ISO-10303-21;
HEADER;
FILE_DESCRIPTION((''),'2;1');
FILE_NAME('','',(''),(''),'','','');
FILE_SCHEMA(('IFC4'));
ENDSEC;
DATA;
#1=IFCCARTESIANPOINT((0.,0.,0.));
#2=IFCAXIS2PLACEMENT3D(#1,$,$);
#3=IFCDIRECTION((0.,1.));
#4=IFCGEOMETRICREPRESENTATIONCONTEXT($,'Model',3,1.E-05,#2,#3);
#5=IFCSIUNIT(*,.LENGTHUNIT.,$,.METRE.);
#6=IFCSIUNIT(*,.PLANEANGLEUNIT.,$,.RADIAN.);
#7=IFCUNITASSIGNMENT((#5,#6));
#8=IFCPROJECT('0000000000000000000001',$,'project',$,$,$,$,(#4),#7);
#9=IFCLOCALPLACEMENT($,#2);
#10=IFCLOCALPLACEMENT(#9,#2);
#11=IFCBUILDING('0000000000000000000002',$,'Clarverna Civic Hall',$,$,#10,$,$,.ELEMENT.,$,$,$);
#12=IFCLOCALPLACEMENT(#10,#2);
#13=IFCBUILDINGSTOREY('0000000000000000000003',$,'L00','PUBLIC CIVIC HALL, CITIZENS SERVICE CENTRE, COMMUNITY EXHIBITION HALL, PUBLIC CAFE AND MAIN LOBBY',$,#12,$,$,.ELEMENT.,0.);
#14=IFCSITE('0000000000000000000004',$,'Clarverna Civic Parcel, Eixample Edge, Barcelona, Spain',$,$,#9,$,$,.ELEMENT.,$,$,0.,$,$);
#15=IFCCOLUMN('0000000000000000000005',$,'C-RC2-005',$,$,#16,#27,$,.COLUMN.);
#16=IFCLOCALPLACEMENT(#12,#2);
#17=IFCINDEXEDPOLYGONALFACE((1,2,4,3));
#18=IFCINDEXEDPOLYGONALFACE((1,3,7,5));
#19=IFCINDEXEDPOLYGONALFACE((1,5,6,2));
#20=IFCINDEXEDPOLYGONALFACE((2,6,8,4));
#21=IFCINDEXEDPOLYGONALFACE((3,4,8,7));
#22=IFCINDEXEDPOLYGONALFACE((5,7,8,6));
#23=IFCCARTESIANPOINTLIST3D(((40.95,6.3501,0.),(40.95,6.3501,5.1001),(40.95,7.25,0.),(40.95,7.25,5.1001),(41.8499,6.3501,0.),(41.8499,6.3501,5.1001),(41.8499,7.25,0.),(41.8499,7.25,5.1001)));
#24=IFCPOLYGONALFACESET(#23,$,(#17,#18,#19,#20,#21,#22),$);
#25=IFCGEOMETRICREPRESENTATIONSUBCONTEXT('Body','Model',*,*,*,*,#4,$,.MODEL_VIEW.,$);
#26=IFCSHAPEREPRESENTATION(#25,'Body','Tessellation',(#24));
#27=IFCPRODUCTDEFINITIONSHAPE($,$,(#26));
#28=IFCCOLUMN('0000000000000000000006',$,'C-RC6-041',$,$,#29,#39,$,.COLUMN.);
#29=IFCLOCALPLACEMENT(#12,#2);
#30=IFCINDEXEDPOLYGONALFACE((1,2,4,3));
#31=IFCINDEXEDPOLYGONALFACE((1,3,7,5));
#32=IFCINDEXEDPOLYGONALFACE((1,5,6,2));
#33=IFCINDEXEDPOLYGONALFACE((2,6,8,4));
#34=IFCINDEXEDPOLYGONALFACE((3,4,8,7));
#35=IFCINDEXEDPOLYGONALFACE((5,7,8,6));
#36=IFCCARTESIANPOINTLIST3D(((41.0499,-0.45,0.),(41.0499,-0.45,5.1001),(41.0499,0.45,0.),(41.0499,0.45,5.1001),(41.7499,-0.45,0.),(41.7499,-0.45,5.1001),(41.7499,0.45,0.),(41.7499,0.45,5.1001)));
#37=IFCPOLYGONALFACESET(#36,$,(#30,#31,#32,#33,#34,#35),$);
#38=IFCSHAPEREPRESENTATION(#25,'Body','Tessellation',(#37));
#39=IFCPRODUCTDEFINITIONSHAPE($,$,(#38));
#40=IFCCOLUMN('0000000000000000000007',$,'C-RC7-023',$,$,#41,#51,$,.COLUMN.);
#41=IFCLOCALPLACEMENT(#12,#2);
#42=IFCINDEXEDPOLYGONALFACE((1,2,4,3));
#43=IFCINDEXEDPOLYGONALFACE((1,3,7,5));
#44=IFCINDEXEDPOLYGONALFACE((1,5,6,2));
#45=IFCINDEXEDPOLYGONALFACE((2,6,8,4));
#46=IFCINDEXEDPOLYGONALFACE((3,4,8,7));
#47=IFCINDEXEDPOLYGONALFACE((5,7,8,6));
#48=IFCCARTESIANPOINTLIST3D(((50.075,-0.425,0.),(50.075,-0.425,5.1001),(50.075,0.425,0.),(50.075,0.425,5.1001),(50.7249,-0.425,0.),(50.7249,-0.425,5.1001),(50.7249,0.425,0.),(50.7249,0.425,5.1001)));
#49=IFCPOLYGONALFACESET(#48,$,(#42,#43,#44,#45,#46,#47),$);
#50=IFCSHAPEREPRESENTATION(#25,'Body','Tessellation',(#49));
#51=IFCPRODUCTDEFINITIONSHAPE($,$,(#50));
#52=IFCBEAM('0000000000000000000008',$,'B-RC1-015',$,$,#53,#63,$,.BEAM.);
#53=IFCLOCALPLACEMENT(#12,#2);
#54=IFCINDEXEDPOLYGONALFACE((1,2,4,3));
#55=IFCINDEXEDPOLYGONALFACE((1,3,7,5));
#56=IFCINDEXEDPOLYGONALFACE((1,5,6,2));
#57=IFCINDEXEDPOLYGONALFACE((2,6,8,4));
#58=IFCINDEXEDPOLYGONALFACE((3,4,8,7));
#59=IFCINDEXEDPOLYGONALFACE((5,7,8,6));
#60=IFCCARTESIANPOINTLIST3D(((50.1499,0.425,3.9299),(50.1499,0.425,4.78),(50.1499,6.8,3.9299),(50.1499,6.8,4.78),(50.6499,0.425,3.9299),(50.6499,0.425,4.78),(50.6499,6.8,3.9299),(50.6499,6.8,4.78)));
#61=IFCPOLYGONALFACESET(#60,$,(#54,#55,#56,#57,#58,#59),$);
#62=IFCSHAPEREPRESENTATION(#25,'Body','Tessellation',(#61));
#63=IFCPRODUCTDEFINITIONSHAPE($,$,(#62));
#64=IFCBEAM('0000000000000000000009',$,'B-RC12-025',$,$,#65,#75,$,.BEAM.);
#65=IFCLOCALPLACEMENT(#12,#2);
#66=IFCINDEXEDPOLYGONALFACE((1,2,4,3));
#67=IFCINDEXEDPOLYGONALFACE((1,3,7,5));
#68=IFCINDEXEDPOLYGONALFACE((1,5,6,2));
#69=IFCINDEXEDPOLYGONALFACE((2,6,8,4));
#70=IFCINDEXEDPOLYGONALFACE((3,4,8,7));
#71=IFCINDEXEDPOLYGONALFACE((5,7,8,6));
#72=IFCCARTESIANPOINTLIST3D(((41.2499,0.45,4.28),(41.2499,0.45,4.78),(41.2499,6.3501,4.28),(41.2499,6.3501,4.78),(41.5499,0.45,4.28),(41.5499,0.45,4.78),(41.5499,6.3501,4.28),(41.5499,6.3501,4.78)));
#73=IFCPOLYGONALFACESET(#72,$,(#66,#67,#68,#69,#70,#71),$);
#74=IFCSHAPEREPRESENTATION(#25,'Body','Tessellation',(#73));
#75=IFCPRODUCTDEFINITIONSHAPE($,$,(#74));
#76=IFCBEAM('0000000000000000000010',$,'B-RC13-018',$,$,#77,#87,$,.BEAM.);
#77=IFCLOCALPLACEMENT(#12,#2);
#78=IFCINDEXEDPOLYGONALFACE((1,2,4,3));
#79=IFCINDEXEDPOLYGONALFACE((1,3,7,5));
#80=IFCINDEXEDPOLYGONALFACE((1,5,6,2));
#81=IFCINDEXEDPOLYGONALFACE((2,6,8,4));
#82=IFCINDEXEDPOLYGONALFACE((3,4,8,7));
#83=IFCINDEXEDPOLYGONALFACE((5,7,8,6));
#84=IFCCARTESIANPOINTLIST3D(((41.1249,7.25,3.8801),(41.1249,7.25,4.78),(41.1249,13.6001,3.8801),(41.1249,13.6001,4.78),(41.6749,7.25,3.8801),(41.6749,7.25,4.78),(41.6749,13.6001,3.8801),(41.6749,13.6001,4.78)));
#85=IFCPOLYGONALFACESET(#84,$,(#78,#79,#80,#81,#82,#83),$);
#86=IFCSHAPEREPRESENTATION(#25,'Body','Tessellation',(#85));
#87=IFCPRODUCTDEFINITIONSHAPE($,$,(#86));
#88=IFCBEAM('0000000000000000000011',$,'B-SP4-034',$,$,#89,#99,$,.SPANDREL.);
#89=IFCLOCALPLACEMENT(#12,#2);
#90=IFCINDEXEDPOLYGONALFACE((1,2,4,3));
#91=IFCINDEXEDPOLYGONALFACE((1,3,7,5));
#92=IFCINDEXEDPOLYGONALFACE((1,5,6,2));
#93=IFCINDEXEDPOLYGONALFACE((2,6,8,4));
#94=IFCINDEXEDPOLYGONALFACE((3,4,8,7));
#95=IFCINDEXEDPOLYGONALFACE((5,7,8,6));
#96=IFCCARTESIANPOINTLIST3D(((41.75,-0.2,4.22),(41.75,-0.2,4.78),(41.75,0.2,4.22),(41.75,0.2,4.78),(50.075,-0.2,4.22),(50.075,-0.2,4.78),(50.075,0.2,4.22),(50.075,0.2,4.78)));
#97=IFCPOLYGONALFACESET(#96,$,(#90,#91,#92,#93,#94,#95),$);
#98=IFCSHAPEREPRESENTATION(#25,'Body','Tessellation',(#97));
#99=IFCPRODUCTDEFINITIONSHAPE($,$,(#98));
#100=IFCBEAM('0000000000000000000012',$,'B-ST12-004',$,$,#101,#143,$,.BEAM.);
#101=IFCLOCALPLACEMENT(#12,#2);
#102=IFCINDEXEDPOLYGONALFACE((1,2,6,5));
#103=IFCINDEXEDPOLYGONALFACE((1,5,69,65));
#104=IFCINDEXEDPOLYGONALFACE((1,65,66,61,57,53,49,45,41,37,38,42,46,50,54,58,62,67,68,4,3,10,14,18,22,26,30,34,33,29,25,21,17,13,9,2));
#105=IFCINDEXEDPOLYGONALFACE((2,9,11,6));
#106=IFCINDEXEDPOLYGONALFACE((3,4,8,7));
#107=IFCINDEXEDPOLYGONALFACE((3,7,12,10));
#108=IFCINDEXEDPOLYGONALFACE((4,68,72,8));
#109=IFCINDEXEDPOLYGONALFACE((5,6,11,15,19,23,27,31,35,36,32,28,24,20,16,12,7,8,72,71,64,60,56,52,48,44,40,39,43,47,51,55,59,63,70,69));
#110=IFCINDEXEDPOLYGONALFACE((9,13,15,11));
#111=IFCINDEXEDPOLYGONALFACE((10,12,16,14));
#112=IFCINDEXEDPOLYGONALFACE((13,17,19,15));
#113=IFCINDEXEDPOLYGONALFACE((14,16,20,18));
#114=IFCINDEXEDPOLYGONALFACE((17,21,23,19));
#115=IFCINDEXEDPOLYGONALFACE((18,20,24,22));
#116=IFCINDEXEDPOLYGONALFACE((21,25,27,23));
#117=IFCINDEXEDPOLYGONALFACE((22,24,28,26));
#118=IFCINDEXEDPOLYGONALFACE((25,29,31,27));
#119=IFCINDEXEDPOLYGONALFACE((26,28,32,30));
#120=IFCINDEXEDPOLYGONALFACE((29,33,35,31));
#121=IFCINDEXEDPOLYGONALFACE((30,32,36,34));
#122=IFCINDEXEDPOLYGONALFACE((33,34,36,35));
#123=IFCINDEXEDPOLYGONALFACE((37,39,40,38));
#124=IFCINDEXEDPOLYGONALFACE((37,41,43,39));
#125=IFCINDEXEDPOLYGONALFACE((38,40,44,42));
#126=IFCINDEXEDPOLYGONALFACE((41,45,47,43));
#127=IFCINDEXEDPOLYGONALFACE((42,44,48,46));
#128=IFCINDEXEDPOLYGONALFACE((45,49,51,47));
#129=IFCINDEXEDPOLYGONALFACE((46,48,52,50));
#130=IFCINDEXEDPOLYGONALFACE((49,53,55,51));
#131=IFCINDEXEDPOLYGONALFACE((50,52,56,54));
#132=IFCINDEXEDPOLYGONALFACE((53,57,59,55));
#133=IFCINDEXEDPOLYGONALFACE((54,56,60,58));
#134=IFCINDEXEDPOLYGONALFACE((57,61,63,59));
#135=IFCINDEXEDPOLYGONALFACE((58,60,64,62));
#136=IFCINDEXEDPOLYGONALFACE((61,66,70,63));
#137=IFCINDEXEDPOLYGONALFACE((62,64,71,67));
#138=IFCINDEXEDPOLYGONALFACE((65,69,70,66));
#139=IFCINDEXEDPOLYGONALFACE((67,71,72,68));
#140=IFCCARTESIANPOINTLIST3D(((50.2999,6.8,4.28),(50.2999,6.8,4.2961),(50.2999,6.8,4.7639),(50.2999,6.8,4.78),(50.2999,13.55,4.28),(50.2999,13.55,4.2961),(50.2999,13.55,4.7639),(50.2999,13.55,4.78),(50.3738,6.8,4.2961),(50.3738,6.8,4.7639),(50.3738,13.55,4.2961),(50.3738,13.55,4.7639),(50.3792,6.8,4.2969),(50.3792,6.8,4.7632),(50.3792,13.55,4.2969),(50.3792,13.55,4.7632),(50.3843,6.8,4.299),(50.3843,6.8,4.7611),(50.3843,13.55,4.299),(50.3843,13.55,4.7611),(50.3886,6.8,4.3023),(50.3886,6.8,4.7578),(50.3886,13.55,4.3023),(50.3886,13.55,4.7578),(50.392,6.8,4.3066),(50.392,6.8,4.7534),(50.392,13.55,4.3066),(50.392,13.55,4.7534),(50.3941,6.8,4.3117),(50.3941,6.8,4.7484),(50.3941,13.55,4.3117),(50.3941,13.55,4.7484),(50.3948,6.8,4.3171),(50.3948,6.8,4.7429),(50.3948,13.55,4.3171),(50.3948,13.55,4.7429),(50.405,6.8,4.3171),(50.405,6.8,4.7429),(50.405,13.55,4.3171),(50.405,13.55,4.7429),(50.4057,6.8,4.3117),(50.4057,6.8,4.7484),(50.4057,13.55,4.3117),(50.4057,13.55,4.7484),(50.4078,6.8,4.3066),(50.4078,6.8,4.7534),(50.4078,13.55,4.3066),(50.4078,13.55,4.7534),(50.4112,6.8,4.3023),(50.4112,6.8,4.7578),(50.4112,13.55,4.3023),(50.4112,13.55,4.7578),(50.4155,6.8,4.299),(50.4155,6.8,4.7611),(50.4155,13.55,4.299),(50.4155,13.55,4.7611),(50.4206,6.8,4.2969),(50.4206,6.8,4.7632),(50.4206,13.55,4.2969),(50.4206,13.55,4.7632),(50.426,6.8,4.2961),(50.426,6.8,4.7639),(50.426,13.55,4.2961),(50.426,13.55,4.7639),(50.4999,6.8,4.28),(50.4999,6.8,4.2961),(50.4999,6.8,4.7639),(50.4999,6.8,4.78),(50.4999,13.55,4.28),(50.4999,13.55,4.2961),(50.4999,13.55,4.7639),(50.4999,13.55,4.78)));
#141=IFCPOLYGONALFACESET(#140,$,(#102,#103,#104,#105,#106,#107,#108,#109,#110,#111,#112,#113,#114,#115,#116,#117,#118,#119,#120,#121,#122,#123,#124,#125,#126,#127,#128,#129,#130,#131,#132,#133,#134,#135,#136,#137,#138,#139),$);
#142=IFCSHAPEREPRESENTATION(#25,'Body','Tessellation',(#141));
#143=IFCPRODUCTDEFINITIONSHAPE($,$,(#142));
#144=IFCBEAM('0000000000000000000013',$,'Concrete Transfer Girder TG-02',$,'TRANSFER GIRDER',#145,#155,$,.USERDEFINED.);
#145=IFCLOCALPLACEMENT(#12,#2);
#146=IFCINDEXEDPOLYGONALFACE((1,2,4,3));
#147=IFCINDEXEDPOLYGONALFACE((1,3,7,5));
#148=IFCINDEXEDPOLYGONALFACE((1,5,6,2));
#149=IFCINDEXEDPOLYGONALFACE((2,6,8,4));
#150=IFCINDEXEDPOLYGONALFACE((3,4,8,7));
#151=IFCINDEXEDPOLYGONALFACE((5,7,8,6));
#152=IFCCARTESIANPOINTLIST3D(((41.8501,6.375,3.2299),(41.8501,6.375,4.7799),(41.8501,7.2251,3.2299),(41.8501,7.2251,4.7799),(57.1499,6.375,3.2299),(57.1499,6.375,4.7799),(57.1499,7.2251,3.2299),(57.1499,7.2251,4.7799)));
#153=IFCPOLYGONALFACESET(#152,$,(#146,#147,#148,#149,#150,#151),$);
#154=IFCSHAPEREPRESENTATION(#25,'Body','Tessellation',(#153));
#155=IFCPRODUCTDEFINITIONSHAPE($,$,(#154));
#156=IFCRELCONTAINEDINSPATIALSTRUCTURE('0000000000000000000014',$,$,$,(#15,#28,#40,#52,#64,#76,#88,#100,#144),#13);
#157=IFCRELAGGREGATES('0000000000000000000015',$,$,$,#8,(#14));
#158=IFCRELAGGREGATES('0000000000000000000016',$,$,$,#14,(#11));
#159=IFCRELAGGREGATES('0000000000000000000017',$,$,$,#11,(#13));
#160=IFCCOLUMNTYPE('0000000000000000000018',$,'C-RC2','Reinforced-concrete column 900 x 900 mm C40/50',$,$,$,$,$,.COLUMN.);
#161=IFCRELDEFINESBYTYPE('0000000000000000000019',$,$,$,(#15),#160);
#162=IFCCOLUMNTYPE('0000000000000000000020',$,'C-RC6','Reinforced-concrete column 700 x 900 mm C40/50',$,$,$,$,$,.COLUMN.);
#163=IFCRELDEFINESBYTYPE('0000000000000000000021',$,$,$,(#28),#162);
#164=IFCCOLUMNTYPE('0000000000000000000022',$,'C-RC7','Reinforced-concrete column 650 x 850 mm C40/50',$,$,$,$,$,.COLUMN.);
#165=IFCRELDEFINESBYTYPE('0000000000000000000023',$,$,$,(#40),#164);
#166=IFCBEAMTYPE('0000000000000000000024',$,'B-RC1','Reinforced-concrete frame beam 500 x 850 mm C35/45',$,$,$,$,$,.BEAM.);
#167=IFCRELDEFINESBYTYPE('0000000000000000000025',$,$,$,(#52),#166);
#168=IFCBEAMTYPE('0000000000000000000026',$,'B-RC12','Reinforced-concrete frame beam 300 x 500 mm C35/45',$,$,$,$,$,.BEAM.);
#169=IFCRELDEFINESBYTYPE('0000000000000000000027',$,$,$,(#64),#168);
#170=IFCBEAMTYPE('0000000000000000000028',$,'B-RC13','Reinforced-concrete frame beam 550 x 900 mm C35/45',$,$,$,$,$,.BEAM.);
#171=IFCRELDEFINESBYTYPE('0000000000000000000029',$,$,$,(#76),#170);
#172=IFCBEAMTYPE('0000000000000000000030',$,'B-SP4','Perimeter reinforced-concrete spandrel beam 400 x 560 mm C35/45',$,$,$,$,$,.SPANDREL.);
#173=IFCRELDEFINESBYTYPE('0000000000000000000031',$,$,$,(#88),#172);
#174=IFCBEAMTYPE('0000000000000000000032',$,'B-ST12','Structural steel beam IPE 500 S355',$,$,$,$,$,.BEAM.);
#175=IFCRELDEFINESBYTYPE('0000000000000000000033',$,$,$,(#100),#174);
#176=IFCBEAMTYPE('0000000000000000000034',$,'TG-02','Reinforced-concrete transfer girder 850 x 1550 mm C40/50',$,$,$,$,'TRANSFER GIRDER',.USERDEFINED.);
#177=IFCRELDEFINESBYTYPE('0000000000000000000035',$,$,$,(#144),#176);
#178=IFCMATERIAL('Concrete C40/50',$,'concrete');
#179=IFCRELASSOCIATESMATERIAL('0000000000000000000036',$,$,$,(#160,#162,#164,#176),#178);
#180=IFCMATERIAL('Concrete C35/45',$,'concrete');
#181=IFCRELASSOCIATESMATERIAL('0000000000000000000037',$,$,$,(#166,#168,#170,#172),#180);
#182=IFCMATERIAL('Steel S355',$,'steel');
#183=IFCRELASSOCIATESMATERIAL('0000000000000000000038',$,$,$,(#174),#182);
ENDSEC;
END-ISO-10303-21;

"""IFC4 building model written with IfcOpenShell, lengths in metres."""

from ifc_helpers import new_model, si_unit, direction, frame, origin, origin_2d, place, context, subcontext, project, spatial, rectangle, i_section, extrude, material, material_profile, profile_set, type_object, element, save


model = new_model("IFC4")

# Units and contexts
model_context = context("Model", 3, precision=1e-05, world=origin(), true_north=direction((0.0, 1.0)))
body_context = subcontext(model_context, "Body", "Model", "MODEL_VIEW")
ifc_project = project(units=[si_unit("LENGTHUNIT", "METRE"), si_unit("PLANEANGLEUNIT", "RADIAN")], contexts=[model_context])

# Site, building, storey
site_placement = place(None, origin())
site = spatial("IfcSite", under=ifc_project, at=site_placement, Name="Clarverna Civic Parcel, Eixample Edge, Barcelona, Spain", CompositionType="ELEMENT", RefElevation=0.0)
building_placement = place(site_placement, origin())
building = spatial("IfcBuilding", under=site, at=building_placement, Name="Clarverna Civic Hall", CompositionType="ELEMENT")
storey_placement = place(building_placement, origin())
storey = spatial("IfcBuildingStorey", under=building, at=storey_placement, Name="L00", Description="PUBLIC CIVIC HALL, CITIZENS SERVICE CENTRE, COMMUNITY EXHIBITION HALL, PUBLIC CAFE AND MAIN LOBBY", CompositionType="ELEMENT", Elevation=0.0)

# Columns
ifc_material_1 = material(Name="Concrete C40/50", Category="concrete")
ifc_material_profile_1 = material_profile(ifc_material_1, rectangle(XDim=0.8999, YDim=0.8999, at=origin_2d()), Name="RC 900x900")
ifc_profile_set_1 = profile_set([ifc_material_profile_1], Name="Concrete C40/50")
column_type_1 = type_object("IfcColumnType", Name="C-RC2", Description="Reinforced-concrete column 900 x 900 mm C40/50", PredefinedType="COLUMN", material=ifc_profile_set_1)
column_1_placement = place(storey_placement, frame((41.3999, 6.8, 0.0), z_axis=(0.0, 0.0, 1.0), x_axis=(1.0, 0.0, 0.0)))
element("IfcColumn", 1, at=column_1_placement, inside=storey, type_object=column_type_1, Name="C-RC2-005", PredefinedType="COLUMN", context=body_context, shape_type="SweptSolid", body=[
    extrude(rectangle(XDim=0.8999, YDim=0.8999, at=origin_2d()), origin(), (0.0, 0.0, 1.0), 5.1001),
])
ifc_material_profile_2 = material_profile(ifc_material_1, rectangle(XDim=0.7, YDim=0.8999, at=origin_2d()), Name="RC 700x900")
ifc_profile_set_2 = profile_set([ifc_material_profile_2], Name="Concrete C40/50")
column_type_2 = type_object("IfcColumnType", Name="C-RC6", Description="Reinforced-concrete column 700 x 900 mm C40/50", PredefinedType="COLUMN", material=ifc_profile_set_2)
column_2_placement = place(storey_placement, frame((41.3999, 0.0, 0.0), z_axis=(0.0, 0.0, 1.0), x_axis=(1.0, 0.0, 0.0)))
element("IfcColumn", 2, at=column_2_placement, inside=storey, type_object=column_type_2, Name="C-RC6-041", PredefinedType="COLUMN", context=body_context, shape_type="SweptSolid", body=[
    extrude(rectangle(XDim=0.7, YDim=0.8999, at=origin_2d()), origin(), (0.0, 0.0, 1.0), 5.1001),
])
ifc_material_profile_3 = material_profile(ifc_material_1, rectangle(XDim=0.6499, YDim=0.8501, at=origin_2d()), Name="RC 650x850")
ifc_profile_set_3 = profile_set([ifc_material_profile_3], Name="Concrete C40/50")
column_type_3 = type_object("IfcColumnType", Name="C-RC7", Description="Reinforced-concrete column 650 x 850 mm C40/50", PredefinedType="COLUMN", material=ifc_profile_set_3)
column_3_placement = place(storey_placement, frame((50.3999, 0.0, 0.0), z_axis=(0.0, 0.0, 1.0), x_axis=(1.0, 0.0, 0.0)))
element("IfcColumn", 3, at=column_3_placement, inside=storey, type_object=column_type_3, Name="C-RC7-023", PredefinedType="COLUMN", context=body_context, shape_type="SweptSolid", body=[
    extrude(rectangle(XDim=0.6499, YDim=0.8501, at=origin_2d()), origin(), (0.0, 0.0, 1.0), 5.1001),
])

# Beams
ifc_material_2 = material(Name="Concrete C35/45", Category="concrete")
ifc_material_profile_4 = material_profile(ifc_material_2, rectangle(XDim=0.5, YDim=0.8501, at=origin_2d()), Name="RC 500x850")
ifc_profile_set_4 = profile_set([ifc_material_profile_4], Name="Concrete C35/45")
beam_type_1 = type_object("IfcBeamType", Name="B-RC1", Description="Reinforced-concrete frame beam 500 x 850 mm C35/45", PredefinedType="BEAM", material=ifc_profile_set_4)
beam_1_placement = place(storey_placement, frame((50.3999, 0.425, 4.355), z_axis=(0.0, 1.0, 0.0), x_axis=(-1.0, 0.0, 0.0)))
element("IfcBeam", 4, at=beam_1_placement, inside=storey, type_object=beam_type_1, Name="B-RC1-015", PredefinedType="BEAM", context=body_context, shape_type="SweptSolid", body=[
    extrude(rectangle(XDim=0.5, YDim=0.8501, at=origin_2d()), origin(), (0.0, 0.0, 1.0), 6.375),
])
ifc_material_profile_5 = material_profile(ifc_material_2, rectangle(XDim=0.3, YDim=0.5, at=origin_2d()), Name="RC 300x500")
ifc_profile_set_5 = profile_set([ifc_material_profile_5], Name="Concrete C35/45")
beam_type_2 = type_object("IfcBeamType", Name="B-RC12", Description="Reinforced-concrete frame beam 300 x 500 mm C35/45", PredefinedType="BEAM", material=ifc_profile_set_5)
beam_2_placement = place(storey_placement, frame((41.3999, 0.45, 4.53), z_axis=(0.0, 1.0, 0.0), x_axis=(-1.0, 0.0, 0.0)))
element("IfcBeam", 5, at=beam_2_placement, inside=storey, type_object=beam_type_2, Name="B-RC12-025", PredefinedType="BEAM", context=body_context, shape_type="SweptSolid", body=[
    extrude(rectangle(XDim=0.3, YDim=0.5, at=origin_2d()), origin(), (0.0, 0.0, 1.0), 5.9001),
])
ifc_material_profile_6 = material_profile(ifc_material_2, rectangle(XDim=0.55, YDim=0.8999, at=origin_2d()), Name="RC 550x900")
ifc_profile_set_6 = profile_set([ifc_material_profile_6], Name="Concrete C35/45")
beam_type_3 = type_object("IfcBeamType", Name="B-RC13", Description="Reinforced-concrete frame beam 550 x 900 mm C35/45", PredefinedType="BEAM", material=ifc_profile_set_6)
beam_3_placement = place(storey_placement, frame((41.3999, 7.25, 4.3301), z_axis=(0.0, 1.0, 0.0), x_axis=(-1.0, 0.0, 0.0)))
element("IfcBeam", 6, at=beam_3_placement, inside=storey, type_object=beam_type_3, Name="B-RC13-018", PredefinedType="BEAM", context=body_context, shape_type="SweptSolid", body=[
    extrude(rectangle(XDim=0.55, YDim=0.8999, at=origin_2d()), origin(), (0.0, 0.0, 1.0), 6.3501),
])
ifc_material_profile_7 = material_profile(ifc_material_2, rectangle(XDim=0.3999, YDim=0.5601, at=origin_2d()), Name="RC 400x560")
ifc_profile_set_7 = profile_set([ifc_material_profile_7], Name="Concrete C35/45")
beam_type_4 = type_object("IfcBeamType", Name="B-SP4", Description="Perimeter reinforced-concrete spandrel beam 400 x 560 mm C35/45", PredefinedType="SPANDREL", material=ifc_profile_set_7)
beam_4_placement = place(storey_placement, frame((41.75, 0.0, 4.5), z_axis=(1.0, 0.0, 0.0), x_axis=(0.0, 1.0, 0.0)))
element("IfcBeam", 7, at=beam_4_placement, inside=storey, type_object=beam_type_4, Name="B-SP4-034", PredefinedType="SPANDREL", context=body_context, shape_type="SweptSolid", body=[
    extrude(rectangle(XDim=0.3999, YDim=0.5601, at=origin_2d()), origin(), (0.0, 0.0, 1.0), 8.325),
])
ifc_material_3 = material(Name="Steel S355", Category="steel")
ifc_material_profile_8 = material_profile(ifc_material_3, i_section(OverallWidth=0.2, OverallDepth=0.5, WebThickness=0.0103, FlangeThickness=0.0161, FilletRadius=0.021, at=origin_2d()), Name="IPE 500")
ifc_profile_set_8 = profile_set([ifc_material_profile_8], Name="Steel S355")
beam_type_5 = type_object("IfcBeamType", Name="B-ST12", Description="Structural steel beam IPE 500 S355", PredefinedType="BEAM", material=ifc_profile_set_8)
beam_5_placement = place(storey_placement, frame((50.3999, 6.8, 4.53), z_axis=(0.0, 1.0, 0.0), x_axis=(-1.0, 0.0, 0.0)))
element("IfcBeam", 8, at=beam_5_placement, inside=storey, type_object=beam_type_5, Name="B-ST12-004", PredefinedType="BEAM", context=body_context, shape_type="SweptSolid", body=[
    extrude(i_section(OverallWidth=0.2, OverallDepth=0.5, WebThickness=0.0103, FlangeThickness=0.0161, FilletRadius=0.021, at=origin_2d()), origin(), (0.0, 0.0, 1.0), 6.75),
])
ifc_material_profile_9 = material_profile(ifc_material_1, rectangle(XDim=0.8501, YDim=1.55, at=origin_2d()), Name="RC 850x1550")
ifc_profile_set_9 = profile_set([ifc_material_profile_9], Name="Concrete C40/50")
beam_type_6 = type_object("IfcBeamType", Name="TG-02", Description="Reinforced-concrete transfer girder 850 x 1550 mm C40/50", ElementType="TRANSFER GIRDER", PredefinedType="USERDEFINED", material=ifc_profile_set_9)
beam_6_placement = place(storey_placement, frame((41.8501, 6.8, 4.0049), z_axis=(1.0, 0.0, 0.0), x_axis=(0.0, 1.0, 0.0)))
element("IfcBeam", 9, at=beam_6_placement, inside=storey, type_object=beam_type_6, Name="Concrete Transfer Girder TG-02", ObjectType="TRANSFER GIRDER", PredefinedType="USERDEFINED", context=body_context, shape_type="SweptSolid", body=[
    extrude(rectangle(XDim=0.8501, YDim=1.55, at=origin_2d()), origin(), (0.0, 0.0, 1.0), 15.2998),
])

save(model, "model.ifc")
